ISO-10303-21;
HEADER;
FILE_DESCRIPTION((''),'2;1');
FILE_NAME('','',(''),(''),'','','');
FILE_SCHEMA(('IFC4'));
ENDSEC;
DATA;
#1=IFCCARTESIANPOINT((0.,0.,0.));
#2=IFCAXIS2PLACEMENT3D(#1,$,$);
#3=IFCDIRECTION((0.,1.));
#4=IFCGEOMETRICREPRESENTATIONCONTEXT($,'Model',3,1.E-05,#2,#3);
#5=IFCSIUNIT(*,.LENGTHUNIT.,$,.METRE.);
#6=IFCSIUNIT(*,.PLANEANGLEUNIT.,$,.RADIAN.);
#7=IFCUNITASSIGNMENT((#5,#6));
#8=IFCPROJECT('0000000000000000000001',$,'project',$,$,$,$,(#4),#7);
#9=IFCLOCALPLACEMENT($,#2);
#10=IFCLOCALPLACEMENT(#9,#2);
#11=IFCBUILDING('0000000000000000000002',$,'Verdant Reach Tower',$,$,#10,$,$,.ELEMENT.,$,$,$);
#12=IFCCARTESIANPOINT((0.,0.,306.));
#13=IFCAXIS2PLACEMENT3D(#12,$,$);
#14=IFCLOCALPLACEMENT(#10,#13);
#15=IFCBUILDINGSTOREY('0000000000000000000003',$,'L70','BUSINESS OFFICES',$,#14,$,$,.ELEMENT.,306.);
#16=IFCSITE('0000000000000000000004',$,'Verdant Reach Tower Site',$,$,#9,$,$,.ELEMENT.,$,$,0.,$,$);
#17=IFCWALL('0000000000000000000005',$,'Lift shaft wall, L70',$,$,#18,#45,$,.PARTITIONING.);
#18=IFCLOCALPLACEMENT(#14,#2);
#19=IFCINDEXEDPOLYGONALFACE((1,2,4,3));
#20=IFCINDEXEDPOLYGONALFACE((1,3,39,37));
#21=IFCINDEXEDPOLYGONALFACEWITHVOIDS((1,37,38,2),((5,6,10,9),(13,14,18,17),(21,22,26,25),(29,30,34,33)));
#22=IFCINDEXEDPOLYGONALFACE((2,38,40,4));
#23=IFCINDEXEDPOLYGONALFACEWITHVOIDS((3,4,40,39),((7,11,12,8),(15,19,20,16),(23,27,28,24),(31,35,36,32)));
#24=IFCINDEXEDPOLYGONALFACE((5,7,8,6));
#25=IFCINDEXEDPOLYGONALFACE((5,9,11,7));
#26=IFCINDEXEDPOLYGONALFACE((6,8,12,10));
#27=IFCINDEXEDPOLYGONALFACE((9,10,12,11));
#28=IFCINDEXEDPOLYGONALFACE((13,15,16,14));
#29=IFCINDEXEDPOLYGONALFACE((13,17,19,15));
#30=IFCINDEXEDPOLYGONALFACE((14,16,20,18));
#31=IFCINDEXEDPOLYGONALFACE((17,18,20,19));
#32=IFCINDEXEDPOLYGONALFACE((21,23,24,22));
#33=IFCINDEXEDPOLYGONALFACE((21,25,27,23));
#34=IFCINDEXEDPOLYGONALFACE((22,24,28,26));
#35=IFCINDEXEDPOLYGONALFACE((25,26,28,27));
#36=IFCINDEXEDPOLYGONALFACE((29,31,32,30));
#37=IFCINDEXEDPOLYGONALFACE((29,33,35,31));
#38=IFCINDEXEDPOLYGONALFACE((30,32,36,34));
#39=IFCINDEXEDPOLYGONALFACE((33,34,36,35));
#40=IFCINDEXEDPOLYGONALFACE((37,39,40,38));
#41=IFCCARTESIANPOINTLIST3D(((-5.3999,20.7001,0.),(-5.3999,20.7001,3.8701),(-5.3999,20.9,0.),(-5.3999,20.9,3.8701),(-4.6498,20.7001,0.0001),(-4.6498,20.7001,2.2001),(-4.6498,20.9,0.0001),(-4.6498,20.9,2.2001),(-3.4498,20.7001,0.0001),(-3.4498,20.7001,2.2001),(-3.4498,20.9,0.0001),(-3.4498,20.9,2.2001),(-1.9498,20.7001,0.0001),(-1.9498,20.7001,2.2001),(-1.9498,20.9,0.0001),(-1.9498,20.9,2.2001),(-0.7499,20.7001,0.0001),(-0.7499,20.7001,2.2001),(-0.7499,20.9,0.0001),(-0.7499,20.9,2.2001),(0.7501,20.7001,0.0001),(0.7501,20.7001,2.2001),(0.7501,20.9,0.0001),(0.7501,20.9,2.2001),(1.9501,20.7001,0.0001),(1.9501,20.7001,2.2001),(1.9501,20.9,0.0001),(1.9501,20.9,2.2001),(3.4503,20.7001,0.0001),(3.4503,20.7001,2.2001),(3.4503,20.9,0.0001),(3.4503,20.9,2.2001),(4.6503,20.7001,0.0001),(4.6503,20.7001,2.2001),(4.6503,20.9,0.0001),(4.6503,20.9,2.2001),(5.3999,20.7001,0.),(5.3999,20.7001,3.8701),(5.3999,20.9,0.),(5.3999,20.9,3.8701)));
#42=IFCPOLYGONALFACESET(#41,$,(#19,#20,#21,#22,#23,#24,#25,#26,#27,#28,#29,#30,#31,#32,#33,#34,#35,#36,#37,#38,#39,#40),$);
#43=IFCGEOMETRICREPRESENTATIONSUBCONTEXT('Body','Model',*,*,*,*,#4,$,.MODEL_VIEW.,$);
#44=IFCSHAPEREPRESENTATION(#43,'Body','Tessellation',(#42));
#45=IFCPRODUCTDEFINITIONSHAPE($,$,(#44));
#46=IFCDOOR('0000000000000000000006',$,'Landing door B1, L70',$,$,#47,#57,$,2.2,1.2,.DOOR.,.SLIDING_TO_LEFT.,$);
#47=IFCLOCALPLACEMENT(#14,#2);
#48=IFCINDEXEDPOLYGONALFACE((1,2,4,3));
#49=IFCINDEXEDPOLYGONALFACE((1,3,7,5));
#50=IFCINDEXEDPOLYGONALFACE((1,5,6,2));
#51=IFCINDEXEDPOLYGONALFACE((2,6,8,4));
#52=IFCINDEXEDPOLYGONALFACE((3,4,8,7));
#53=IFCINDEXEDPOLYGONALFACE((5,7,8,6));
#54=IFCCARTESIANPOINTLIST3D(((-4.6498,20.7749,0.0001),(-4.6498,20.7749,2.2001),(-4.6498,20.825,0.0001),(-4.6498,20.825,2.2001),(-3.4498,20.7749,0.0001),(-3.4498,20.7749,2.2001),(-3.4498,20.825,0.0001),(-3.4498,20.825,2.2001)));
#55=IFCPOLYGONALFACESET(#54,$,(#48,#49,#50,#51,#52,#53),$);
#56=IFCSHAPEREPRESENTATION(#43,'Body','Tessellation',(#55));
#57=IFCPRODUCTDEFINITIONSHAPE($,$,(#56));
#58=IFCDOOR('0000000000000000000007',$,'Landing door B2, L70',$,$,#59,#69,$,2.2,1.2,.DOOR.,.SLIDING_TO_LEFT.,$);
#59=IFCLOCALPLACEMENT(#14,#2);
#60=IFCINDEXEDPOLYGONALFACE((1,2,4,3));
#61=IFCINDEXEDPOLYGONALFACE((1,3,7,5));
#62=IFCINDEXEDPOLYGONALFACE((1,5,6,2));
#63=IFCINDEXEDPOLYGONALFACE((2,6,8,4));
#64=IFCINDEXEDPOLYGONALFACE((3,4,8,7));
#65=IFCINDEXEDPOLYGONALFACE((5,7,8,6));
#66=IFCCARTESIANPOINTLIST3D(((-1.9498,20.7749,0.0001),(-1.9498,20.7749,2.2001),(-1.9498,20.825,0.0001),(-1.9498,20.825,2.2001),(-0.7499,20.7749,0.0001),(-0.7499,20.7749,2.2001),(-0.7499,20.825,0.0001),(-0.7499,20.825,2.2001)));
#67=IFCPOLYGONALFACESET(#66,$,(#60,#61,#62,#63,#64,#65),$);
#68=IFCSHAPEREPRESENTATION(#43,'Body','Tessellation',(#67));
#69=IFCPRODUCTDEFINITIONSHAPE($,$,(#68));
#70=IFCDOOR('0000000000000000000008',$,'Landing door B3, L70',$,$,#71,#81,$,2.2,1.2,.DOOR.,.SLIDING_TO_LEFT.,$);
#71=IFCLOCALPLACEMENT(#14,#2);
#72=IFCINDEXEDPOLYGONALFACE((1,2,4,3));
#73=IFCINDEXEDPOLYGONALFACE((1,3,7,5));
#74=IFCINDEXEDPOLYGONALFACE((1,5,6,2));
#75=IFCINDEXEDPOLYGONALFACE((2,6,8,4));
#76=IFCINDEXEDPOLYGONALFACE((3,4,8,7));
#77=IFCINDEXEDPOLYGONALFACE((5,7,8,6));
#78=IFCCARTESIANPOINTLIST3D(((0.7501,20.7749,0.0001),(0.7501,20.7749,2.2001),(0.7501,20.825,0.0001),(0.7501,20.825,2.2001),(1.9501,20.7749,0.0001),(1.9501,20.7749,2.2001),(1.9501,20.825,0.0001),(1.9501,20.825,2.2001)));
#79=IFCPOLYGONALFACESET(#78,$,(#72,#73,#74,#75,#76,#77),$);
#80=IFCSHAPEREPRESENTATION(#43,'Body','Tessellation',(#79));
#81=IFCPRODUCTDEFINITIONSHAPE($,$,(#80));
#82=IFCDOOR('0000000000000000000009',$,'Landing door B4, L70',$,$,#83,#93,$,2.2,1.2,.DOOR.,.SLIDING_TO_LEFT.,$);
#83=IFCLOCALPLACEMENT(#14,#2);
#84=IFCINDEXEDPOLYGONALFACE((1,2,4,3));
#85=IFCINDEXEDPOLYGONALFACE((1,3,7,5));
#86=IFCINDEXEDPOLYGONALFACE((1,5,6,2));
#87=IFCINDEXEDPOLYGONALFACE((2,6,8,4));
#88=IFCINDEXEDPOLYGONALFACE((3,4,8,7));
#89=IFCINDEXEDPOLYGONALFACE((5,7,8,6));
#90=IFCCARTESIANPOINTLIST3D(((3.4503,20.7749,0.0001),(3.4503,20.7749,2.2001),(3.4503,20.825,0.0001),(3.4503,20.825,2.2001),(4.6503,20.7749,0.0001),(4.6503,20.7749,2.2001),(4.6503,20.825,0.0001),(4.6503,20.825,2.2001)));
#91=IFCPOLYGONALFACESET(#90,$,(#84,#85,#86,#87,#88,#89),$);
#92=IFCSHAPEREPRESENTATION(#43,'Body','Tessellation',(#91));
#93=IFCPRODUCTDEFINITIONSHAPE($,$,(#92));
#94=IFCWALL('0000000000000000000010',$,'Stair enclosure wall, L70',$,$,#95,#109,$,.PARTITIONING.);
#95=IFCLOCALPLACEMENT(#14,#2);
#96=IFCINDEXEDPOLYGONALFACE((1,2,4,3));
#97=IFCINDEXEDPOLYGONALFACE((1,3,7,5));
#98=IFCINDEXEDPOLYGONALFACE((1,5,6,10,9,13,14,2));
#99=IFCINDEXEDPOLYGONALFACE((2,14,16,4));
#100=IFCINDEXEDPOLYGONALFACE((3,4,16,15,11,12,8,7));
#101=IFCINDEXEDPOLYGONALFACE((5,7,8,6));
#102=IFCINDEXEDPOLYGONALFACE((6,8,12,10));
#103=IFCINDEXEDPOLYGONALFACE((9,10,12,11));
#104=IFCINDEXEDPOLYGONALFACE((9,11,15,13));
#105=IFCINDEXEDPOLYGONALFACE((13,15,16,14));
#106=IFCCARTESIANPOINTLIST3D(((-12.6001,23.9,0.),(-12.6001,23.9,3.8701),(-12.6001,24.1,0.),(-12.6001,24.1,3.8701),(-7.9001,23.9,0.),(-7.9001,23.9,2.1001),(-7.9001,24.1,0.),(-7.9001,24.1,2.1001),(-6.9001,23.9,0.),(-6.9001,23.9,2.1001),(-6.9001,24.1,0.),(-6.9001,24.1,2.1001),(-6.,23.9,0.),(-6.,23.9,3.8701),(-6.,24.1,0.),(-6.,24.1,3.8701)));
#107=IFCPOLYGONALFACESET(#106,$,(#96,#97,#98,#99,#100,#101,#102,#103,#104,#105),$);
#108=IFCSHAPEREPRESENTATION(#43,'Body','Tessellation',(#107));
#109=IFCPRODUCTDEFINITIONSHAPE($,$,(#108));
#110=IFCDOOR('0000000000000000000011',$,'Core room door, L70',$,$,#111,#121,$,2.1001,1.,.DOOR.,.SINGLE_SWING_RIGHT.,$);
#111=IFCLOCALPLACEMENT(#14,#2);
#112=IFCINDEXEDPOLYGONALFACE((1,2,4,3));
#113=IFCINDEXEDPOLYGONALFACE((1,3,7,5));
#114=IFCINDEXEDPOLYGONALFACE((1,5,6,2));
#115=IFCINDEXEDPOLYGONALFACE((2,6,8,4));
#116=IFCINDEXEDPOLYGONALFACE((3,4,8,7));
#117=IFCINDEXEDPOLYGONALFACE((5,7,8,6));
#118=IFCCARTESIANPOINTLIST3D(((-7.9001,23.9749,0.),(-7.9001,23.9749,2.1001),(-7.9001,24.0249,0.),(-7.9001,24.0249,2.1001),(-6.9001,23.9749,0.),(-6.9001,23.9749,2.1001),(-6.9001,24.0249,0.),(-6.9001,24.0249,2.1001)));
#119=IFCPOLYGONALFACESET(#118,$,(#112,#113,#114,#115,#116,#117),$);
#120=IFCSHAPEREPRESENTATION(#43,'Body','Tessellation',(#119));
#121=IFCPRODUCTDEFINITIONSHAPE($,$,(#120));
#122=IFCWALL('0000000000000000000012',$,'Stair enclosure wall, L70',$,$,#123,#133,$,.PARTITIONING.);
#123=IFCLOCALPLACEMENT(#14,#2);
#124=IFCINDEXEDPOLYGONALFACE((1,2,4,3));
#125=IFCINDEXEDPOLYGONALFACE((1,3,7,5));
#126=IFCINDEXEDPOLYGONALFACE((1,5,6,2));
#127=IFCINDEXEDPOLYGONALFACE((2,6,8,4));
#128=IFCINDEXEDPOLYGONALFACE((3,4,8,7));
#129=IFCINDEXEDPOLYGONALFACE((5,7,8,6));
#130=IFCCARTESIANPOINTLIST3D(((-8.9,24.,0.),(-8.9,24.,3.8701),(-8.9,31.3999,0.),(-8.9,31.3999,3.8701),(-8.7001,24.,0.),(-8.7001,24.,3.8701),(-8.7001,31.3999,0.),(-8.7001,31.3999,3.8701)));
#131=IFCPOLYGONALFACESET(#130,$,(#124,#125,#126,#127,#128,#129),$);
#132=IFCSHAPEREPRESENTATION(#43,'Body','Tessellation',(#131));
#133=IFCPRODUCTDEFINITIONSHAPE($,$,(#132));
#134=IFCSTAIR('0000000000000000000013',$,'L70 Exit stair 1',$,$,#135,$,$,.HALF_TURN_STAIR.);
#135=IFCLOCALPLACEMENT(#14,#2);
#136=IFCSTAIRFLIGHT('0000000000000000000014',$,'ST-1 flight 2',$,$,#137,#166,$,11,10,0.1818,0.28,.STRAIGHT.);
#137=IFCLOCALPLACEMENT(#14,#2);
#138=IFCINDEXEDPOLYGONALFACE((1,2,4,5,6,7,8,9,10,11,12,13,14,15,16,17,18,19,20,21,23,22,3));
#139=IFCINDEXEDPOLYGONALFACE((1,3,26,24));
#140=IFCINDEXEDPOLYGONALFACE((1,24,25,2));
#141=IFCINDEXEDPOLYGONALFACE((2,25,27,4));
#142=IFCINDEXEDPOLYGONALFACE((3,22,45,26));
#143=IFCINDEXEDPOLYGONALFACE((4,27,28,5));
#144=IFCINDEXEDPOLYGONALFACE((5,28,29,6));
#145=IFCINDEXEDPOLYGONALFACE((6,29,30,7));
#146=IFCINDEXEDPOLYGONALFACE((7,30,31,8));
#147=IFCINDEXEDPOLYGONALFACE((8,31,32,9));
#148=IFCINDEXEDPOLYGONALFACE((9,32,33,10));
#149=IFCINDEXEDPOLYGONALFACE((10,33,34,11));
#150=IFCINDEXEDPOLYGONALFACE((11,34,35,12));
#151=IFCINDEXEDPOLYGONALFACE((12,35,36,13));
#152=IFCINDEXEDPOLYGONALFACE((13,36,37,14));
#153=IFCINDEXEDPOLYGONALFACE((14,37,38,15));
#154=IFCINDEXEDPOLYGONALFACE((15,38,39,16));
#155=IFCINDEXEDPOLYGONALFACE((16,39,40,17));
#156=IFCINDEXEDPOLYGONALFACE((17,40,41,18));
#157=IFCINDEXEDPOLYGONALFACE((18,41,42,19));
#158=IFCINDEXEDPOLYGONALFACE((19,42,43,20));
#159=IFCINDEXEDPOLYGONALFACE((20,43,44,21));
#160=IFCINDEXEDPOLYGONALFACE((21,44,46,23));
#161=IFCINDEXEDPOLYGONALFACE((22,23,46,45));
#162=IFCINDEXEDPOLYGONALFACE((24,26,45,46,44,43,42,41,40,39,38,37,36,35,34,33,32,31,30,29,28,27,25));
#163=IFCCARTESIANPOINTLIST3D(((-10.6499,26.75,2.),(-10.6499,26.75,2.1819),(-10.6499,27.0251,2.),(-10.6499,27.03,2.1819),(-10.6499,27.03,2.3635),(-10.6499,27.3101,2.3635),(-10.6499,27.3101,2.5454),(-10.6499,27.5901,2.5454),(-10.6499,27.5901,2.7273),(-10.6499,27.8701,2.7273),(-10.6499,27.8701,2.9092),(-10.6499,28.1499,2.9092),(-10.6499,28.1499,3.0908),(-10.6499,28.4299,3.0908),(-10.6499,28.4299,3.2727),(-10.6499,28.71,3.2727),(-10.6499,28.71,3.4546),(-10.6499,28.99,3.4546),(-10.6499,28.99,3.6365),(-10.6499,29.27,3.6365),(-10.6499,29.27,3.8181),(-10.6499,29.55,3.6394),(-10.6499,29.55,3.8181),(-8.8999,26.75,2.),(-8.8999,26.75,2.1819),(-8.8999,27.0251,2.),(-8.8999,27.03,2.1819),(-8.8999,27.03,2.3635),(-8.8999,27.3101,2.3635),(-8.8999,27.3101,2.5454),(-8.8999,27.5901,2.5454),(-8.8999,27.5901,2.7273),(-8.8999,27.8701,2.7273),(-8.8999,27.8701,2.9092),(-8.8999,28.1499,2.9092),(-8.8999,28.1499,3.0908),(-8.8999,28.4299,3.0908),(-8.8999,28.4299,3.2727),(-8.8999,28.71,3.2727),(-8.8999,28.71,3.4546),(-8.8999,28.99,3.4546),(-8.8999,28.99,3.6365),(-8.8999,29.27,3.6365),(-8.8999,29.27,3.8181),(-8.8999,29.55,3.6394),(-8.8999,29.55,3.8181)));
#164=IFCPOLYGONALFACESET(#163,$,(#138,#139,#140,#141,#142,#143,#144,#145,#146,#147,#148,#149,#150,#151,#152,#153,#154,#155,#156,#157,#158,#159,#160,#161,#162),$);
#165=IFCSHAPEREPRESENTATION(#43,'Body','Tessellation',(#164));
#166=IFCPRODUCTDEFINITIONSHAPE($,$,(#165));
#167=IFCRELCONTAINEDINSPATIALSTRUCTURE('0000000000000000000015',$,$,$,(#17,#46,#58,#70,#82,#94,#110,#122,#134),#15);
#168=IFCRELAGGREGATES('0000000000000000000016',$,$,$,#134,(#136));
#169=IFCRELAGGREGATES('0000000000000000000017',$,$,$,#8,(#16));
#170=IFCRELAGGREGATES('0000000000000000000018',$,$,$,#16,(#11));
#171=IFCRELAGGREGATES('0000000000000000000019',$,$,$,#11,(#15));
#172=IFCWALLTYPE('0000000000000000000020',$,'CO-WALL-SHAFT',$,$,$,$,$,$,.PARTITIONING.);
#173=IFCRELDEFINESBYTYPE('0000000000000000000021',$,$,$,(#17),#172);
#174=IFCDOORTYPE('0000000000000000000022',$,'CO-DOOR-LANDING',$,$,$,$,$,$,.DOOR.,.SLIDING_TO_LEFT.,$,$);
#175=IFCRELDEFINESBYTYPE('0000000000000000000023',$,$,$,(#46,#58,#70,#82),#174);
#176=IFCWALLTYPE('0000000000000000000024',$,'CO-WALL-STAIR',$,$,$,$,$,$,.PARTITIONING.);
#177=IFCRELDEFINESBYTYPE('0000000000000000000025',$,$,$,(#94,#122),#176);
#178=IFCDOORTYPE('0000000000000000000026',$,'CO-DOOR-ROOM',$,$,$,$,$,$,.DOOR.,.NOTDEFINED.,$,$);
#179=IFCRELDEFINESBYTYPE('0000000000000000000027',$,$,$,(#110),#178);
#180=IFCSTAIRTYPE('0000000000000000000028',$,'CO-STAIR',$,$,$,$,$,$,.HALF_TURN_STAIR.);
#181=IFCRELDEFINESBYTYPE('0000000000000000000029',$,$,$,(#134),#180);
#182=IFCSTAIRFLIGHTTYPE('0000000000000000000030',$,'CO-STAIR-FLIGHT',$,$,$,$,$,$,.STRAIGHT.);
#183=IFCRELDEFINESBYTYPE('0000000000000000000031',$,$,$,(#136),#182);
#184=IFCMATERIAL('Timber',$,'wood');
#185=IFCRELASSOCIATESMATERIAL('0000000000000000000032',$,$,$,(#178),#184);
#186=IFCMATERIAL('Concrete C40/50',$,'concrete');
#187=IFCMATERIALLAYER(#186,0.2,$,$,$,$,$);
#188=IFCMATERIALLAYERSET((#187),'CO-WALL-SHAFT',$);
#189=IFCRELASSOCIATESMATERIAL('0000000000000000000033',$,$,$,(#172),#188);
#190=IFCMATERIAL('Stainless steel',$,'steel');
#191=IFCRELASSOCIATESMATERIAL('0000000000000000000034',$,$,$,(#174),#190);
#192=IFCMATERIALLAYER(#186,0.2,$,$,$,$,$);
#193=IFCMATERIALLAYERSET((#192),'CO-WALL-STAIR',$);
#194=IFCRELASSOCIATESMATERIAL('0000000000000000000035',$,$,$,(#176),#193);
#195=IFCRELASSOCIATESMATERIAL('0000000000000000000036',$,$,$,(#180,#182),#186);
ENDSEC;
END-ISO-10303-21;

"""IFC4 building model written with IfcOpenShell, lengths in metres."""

from ifc_helpers import new_model, si_unit, direction, frame, frame_2d, origin, place, context, subcontext, project, spatial, polyline, rectangle, outline, extrude, material, layer, layer_set, type_object, element, fill, aggregate, save


model = new_model("IFC4")

# Units and contexts
model_context = context("Model", 3, precision=1e-05, world=origin(), true_north=direction((0.0, 1.0)))
body_context = subcontext(model_context, "Body", "Model", "MODEL_VIEW")
ifc_project = project(units=[si_unit("LENGTHUNIT", "METRE"), si_unit("PLANEANGLEUNIT", "RADIAN")], contexts=[model_context])

# Site, building, storey
site_placement = place(None, origin())
site = spatial("IfcSite", under=ifc_project, at=site_placement, Name="Verdant Reach Tower Site", CompositionType="ELEMENT", RefElevation=0.0)
building_placement = place(site_placement, origin())
building = spatial("IfcBuilding", under=site, at=building_placement, Name="Verdant Reach Tower", CompositionType="ELEMENT")
storey_placement = place(building_placement, frame((0.0, 0.0, 306.0)))
storey = spatial("IfcBuildingStorey", under=building, at=storey_placement, Name="L70", Description="BUSINESS OFFICES", CompositionType="ELEMENT", Elevation=306.0)

# Shared definitions
ifc_material_1 = material(Name="Timber", Category="wood")
door_type_1 = type_object("IfcDoorType", Name="CO-DOOR-ROOM", OperationType="NOTDEFINED", PredefinedType="DOOR", material=ifc_material_1)

# Wall, openings, doors
ifc_material_2 = material(Name="Concrete C40/50", Category="concrete")
ifc_layer_1 = layer(ifc_material_2, 0.2)
ifc_layer_set_1 = layer_set([ifc_layer_1], Name="CO-WALL-SHAFT")
wall_type_1 = type_object("IfcWallType", Name="CO-WALL-SHAFT", PredefinedType="PARTITIONING", material=ifc_layer_set_1)
wall_1_placement = place(storey_placement, frame((-5.3999, 20.8, 0.0), z_axis=(0.0, 0.0, 1.0), x_axis=(1.0, 0.0, 0.0)))
wall_1 = element("IfcWall", 1, at=wall_1_placement, inside=storey, type_object=wall_type_1, Name="Lift shaft wall, L70", PredefinedType="PARTITIONING", context=body_context, shape_type="SweptSolid", body=[
    extrude(rectangle(XDim=10.7998, YDim=0.2, at=frame_2d((5.3999, 0.0))), origin(), (0.0, 0.0, 1.0), 3.8701),
])
opening_1_placement = place(wall_1_placement, frame((0.75, 0.0, 0.0)))
opening_1 = element("IfcOpeningElement", 2, at=opening_1_placement, cuts=wall_1, PredefinedType="OPENING", context=body_context, shape_type="SweptSolid", body=[
    extrude(rectangle(XDim=1.2, YDim=2.2, at=frame_2d((0.6001, 1.1001))), frame((0.0, 0.1099, 0.0), z_axis=(0.0, -1.0, 0.0), x_axis=(1.0, 0.0, 0.0)), (0.0, 0.0, 1.0), 0.22),
])
opening_2_placement = place(wall_1_placement, frame((3.45, 0.0, 0.0)))
opening_2 = element("IfcOpeningElement", 3, at=opening_2_placement, cuts=wall_1, PredefinedType="OPENING", context=body_context, shape_type="SweptSolid", body=[
    extrude(rectangle(XDim=1.2, YDim=2.2, at=frame_2d((0.6001, 1.1001))), frame((0.0, 0.1099, 0.0), z_axis=(0.0, -1.0, 0.0), x_axis=(1.0, 0.0, 0.0)), (0.0, 0.0, 1.0), 0.22),
])
opening_3_placement = place(wall_1_placement, frame((6.1499, 0.0, 0.0)))
opening_3 = element("IfcOpeningElement", 4, at=opening_3_placement, cuts=wall_1, PredefinedType="OPENING", context=body_context, shape_type="SweptSolid", body=[
    extrude(rectangle(XDim=1.2, YDim=2.2, at=frame_2d((0.6001, 1.1001))), frame((0.0, 0.1099, 0.0), z_axis=(0.0, -1.0, 0.0), x_axis=(1.0, 0.0, 0.0)), (0.0, 0.0, 1.0), 0.22),
])
opening_4_placement = place(wall_1_placement, frame((8.8501, 0.0, 0.0)))
opening_4 = element("IfcOpeningElement", 5, at=opening_4_placement, cuts=wall_1, PredefinedType="OPENING", context=body_context, shape_type="SweptSolid", body=[
    extrude(rectangle(XDim=1.2, YDim=2.2, at=frame_2d((0.6001, 1.1001))), frame((0.0, 0.1099, 0.0), z_axis=(0.0, -1.0, 0.0), x_axis=(1.0, 0.0, 0.0)), (0.0, 0.0, 1.0), 0.22),
])
ifc_material_3 = material(Name="Stainless steel", Category="steel")
door_type_2 = type_object("IfcDoorType", Name="CO-DOOR-LANDING", OperationType="SLIDING_TO_LEFT", PredefinedType="DOOR", material=ifc_material_3)
door_1_placement = place(opening_1_placement, origin())
door_1 = element("IfcDoor", 6, at=door_1_placement, inside=storey, type_object=door_type_2, Name="Landing door B1, L70", OperationType="SLIDING_TO_LEFT", OverallHeight=2.2, OverallWidth=1.2, PredefinedType="DOOR", context=body_context, shape_type="SweptSolid", body=[
    extrude(rectangle(XDim=1.2, YDim=2.2, at=frame_2d((0.6001, 1.1001))), frame((0.0, 0.0249, 0.0), z_axis=(0.0, -1.0, 0.0), x_axis=(1.0, 0.0, 0.0)), (0.0, 0.0, 1.0), 0.05),
])
fill(opening_1, door_1)
door_2_placement = place(opening_2_placement, origin())
door_2 = element("IfcDoor", 7, at=door_2_placement, inside=storey, type_object=door_type_2, Name="Landing door B2, L70", OperationType="SLIDING_TO_LEFT", OverallHeight=2.2, OverallWidth=1.2, PredefinedType="DOOR", context=body_context, shape_type="SweptSolid", body=[
    extrude(rectangle(XDim=1.2, YDim=2.2, at=frame_2d((0.6001, 1.1001))), frame((0.0, 0.0249, 0.0), z_axis=(0.0, -1.0, 0.0), x_axis=(1.0, 0.0, 0.0)), (0.0, 0.0, 1.0), 0.05),
])
fill(opening_2, door_2)
door_3_placement = place(opening_3_placement, origin())
door_3 = element("IfcDoor", 8, at=door_3_placement, inside=storey, type_object=door_type_2, Name="Landing door B3, L70", OperationType="SLIDING_TO_LEFT", OverallHeight=2.2, OverallWidth=1.2, PredefinedType="DOOR", context=body_context, shape_type="SweptSolid", body=[
    extrude(rectangle(XDim=1.2, YDim=2.2, at=frame_2d((0.6001, 1.1001))), frame((0.0, 0.0249, 0.0), z_axis=(0.0, -1.0, 0.0), x_axis=(1.0, 0.0, 0.0)), (0.0, 0.0, 1.0), 0.05),
])
fill(opening_3, door_3)
door_4_placement = place(opening_4_placement, origin())
door_4 = element("IfcDoor", 9, at=door_4_placement, inside=storey, type_object=door_type_2, Name="Landing door B4, L70", OperationType="SLIDING_TO_LEFT", OverallHeight=2.2, OverallWidth=1.2, PredefinedType="DOOR", context=body_context, shape_type="SweptSolid", body=[
    extrude(rectangle(XDim=1.2, YDim=2.2, at=frame_2d((0.6001, 1.1001))), frame((0.0, 0.0249, 0.0), z_axis=(0.0, -1.0, 0.0), x_axis=(1.0, 0.0, 0.0)), (0.0, 0.0, 1.0), 0.05),
])
fill(opening_4, door_4)

# Wall, opening, door
ifc_layer_2 = layer(ifc_material_2, 0.2)
ifc_layer_set_2 = layer_set([ifc_layer_2], Name="CO-WALL-STAIR")
wall_type_2 = type_object("IfcWallType", Name="CO-WALL-STAIR", PredefinedType="PARTITIONING", material=ifc_layer_set_2)
wall_2_placement = place(storey_placement, frame((-12.6001, 24.0, 0.0), z_axis=(0.0, 0.0, 1.0), x_axis=(1.0, 0.0, 0.0)))
wall_2 = element("IfcWall", 10, at=wall_2_placement, inside=storey, type_object=wall_type_2, Name="Stair enclosure wall, L70", PredefinedType="PARTITIONING", context=body_context, shape_type="SweptSolid", body=[
    extrude(rectangle(XDim=6.6001, YDim=0.2, at=frame_2d((3.3, 0.0))), origin(), (0.0, 0.0, 1.0), 3.8701),
])
opening_5_placement = place(wall_2_placement, frame((4.7, 0.0, 0.0)))
opening_5 = element("IfcOpeningElement", 11, at=opening_5_placement, cuts=wall_2, PredefinedType="OPENING", context=body_context, shape_type="SweptSolid", body=[
    extrude(rectangle(XDim=1.0, YDim=2.1001, at=frame_2d((0.5, 1.05))), frame((0.0, 0.1099, 0.0), z_axis=(0.0, -1.0, 0.0), x_axis=(1.0, 0.0, 0.0)), (0.0, 0.0, 1.0), 0.22),
])
door_5_placement = place(opening_5_placement, origin())
door_5 = element("IfcDoor", 12, at=door_5_placement, inside=storey, type_object=door_type_1, Name="Core room door, L70", OperationType="SINGLE_SWING_RIGHT", OverallHeight=2.1001, OverallWidth=1.0, PredefinedType="DOOR", context=body_context, shape_type="SweptSolid", body=[
    extrude(rectangle(XDim=1.0, YDim=2.1001, at=frame_2d((0.5, 1.05))), frame((0.0, 0.0249, 0.0), z_axis=(0.0, -1.0, 0.0), x_axis=(1.0, 0.0, 0.0)), (0.0, 0.0, 1.0), 0.05),
])
fill(opening_5, door_5)

# Wall
wall_3_placement = place(storey_placement, frame((-8.8, 24.0, 0.0), z_axis=(0.0, 0.0, 1.0), x_axis=(0.0, 1.0, 0.0)))
element("IfcWall", 13, at=wall_3_placement, inside=storey, type_object=wall_type_2, Name="Stair enclosure wall, L70", PredefinedType="PARTITIONING", context=body_context, shape_type="SweptSolid", body=[
    extrude(rectangle(XDim=7.3999, YDim=0.2, at=frame_2d((3.7, 0.0))), origin(), (0.0, 0.0, 1.0), 3.8701),
])

# Stair, stair flight
stair_type = type_object("IfcStairType", Name="CO-STAIR", PredefinedType="HALF_TURN_STAIR", material=ifc_material_2)
stair_placement = place(storey_placement, origin())
stair = element("IfcStair", 14, at=stair_placement, inside=storey, type_object=stair_type, Name="L70 Exit stair 1", PredefinedType="HALF_TURN_STAIR")
stair_flight_type = type_object("IfcStairFlightType", Name="CO-STAIR-FLIGHT", PredefinedType="STRAIGHT", material=ifc_material_2)
stair_flight_placement = place(storey_placement, frame((-9.7749, 26.75, 2.0), z_axis=(0.0, 0.0, 1.0), x_axis=(0.0, 1.0, 0.0)))
stair_flight = element("IfcStairFlight", 15, at=stair_flight_placement, type_object=stair_flight_type, Name="ST-1 flight 2", NumberOfRisers=11, NumberOfTreads=10, PredefinedType="STRAIGHT", RiserHeight=0.1818, TreadLength=0.28, context=body_context, shape_type="SweptSolid", body=[
    extrude(outline(polyline([(0.0, 0.0), (0.0, 0.1819), (0.28, 0.1819), (0.28, 0.3635), (0.5601, 0.3635), (0.5601, 0.5454), (0.8401, 0.5454), (0.8401, 0.7273), (1.1201, 0.7273), (1.1201, 0.9092), (1.3999, 0.9092), (1.3999, 1.0908), (1.6799, 1.0908), (1.6799, 1.2727), (1.96, 1.2727), (1.96, 1.4546), (2.24, 1.4546), (2.24, 1.6365), (2.52, 1.6365), (2.52, 1.8181), (2.8, 1.8181), (2.8, 2.0), (2.8, 1.6394), (0.2751, 0.0), (0.0, 0.0)])), frame((0.0, 0.875, 0.0), z_axis=(0.0, -1.0, 0.0), x_axis=(1.0, 0.0, 0.0)), (0.0, 0.0, 1.0), 1.75),
])
aggregate(stair, [stair_flight])

save(model, "model.ifc")
